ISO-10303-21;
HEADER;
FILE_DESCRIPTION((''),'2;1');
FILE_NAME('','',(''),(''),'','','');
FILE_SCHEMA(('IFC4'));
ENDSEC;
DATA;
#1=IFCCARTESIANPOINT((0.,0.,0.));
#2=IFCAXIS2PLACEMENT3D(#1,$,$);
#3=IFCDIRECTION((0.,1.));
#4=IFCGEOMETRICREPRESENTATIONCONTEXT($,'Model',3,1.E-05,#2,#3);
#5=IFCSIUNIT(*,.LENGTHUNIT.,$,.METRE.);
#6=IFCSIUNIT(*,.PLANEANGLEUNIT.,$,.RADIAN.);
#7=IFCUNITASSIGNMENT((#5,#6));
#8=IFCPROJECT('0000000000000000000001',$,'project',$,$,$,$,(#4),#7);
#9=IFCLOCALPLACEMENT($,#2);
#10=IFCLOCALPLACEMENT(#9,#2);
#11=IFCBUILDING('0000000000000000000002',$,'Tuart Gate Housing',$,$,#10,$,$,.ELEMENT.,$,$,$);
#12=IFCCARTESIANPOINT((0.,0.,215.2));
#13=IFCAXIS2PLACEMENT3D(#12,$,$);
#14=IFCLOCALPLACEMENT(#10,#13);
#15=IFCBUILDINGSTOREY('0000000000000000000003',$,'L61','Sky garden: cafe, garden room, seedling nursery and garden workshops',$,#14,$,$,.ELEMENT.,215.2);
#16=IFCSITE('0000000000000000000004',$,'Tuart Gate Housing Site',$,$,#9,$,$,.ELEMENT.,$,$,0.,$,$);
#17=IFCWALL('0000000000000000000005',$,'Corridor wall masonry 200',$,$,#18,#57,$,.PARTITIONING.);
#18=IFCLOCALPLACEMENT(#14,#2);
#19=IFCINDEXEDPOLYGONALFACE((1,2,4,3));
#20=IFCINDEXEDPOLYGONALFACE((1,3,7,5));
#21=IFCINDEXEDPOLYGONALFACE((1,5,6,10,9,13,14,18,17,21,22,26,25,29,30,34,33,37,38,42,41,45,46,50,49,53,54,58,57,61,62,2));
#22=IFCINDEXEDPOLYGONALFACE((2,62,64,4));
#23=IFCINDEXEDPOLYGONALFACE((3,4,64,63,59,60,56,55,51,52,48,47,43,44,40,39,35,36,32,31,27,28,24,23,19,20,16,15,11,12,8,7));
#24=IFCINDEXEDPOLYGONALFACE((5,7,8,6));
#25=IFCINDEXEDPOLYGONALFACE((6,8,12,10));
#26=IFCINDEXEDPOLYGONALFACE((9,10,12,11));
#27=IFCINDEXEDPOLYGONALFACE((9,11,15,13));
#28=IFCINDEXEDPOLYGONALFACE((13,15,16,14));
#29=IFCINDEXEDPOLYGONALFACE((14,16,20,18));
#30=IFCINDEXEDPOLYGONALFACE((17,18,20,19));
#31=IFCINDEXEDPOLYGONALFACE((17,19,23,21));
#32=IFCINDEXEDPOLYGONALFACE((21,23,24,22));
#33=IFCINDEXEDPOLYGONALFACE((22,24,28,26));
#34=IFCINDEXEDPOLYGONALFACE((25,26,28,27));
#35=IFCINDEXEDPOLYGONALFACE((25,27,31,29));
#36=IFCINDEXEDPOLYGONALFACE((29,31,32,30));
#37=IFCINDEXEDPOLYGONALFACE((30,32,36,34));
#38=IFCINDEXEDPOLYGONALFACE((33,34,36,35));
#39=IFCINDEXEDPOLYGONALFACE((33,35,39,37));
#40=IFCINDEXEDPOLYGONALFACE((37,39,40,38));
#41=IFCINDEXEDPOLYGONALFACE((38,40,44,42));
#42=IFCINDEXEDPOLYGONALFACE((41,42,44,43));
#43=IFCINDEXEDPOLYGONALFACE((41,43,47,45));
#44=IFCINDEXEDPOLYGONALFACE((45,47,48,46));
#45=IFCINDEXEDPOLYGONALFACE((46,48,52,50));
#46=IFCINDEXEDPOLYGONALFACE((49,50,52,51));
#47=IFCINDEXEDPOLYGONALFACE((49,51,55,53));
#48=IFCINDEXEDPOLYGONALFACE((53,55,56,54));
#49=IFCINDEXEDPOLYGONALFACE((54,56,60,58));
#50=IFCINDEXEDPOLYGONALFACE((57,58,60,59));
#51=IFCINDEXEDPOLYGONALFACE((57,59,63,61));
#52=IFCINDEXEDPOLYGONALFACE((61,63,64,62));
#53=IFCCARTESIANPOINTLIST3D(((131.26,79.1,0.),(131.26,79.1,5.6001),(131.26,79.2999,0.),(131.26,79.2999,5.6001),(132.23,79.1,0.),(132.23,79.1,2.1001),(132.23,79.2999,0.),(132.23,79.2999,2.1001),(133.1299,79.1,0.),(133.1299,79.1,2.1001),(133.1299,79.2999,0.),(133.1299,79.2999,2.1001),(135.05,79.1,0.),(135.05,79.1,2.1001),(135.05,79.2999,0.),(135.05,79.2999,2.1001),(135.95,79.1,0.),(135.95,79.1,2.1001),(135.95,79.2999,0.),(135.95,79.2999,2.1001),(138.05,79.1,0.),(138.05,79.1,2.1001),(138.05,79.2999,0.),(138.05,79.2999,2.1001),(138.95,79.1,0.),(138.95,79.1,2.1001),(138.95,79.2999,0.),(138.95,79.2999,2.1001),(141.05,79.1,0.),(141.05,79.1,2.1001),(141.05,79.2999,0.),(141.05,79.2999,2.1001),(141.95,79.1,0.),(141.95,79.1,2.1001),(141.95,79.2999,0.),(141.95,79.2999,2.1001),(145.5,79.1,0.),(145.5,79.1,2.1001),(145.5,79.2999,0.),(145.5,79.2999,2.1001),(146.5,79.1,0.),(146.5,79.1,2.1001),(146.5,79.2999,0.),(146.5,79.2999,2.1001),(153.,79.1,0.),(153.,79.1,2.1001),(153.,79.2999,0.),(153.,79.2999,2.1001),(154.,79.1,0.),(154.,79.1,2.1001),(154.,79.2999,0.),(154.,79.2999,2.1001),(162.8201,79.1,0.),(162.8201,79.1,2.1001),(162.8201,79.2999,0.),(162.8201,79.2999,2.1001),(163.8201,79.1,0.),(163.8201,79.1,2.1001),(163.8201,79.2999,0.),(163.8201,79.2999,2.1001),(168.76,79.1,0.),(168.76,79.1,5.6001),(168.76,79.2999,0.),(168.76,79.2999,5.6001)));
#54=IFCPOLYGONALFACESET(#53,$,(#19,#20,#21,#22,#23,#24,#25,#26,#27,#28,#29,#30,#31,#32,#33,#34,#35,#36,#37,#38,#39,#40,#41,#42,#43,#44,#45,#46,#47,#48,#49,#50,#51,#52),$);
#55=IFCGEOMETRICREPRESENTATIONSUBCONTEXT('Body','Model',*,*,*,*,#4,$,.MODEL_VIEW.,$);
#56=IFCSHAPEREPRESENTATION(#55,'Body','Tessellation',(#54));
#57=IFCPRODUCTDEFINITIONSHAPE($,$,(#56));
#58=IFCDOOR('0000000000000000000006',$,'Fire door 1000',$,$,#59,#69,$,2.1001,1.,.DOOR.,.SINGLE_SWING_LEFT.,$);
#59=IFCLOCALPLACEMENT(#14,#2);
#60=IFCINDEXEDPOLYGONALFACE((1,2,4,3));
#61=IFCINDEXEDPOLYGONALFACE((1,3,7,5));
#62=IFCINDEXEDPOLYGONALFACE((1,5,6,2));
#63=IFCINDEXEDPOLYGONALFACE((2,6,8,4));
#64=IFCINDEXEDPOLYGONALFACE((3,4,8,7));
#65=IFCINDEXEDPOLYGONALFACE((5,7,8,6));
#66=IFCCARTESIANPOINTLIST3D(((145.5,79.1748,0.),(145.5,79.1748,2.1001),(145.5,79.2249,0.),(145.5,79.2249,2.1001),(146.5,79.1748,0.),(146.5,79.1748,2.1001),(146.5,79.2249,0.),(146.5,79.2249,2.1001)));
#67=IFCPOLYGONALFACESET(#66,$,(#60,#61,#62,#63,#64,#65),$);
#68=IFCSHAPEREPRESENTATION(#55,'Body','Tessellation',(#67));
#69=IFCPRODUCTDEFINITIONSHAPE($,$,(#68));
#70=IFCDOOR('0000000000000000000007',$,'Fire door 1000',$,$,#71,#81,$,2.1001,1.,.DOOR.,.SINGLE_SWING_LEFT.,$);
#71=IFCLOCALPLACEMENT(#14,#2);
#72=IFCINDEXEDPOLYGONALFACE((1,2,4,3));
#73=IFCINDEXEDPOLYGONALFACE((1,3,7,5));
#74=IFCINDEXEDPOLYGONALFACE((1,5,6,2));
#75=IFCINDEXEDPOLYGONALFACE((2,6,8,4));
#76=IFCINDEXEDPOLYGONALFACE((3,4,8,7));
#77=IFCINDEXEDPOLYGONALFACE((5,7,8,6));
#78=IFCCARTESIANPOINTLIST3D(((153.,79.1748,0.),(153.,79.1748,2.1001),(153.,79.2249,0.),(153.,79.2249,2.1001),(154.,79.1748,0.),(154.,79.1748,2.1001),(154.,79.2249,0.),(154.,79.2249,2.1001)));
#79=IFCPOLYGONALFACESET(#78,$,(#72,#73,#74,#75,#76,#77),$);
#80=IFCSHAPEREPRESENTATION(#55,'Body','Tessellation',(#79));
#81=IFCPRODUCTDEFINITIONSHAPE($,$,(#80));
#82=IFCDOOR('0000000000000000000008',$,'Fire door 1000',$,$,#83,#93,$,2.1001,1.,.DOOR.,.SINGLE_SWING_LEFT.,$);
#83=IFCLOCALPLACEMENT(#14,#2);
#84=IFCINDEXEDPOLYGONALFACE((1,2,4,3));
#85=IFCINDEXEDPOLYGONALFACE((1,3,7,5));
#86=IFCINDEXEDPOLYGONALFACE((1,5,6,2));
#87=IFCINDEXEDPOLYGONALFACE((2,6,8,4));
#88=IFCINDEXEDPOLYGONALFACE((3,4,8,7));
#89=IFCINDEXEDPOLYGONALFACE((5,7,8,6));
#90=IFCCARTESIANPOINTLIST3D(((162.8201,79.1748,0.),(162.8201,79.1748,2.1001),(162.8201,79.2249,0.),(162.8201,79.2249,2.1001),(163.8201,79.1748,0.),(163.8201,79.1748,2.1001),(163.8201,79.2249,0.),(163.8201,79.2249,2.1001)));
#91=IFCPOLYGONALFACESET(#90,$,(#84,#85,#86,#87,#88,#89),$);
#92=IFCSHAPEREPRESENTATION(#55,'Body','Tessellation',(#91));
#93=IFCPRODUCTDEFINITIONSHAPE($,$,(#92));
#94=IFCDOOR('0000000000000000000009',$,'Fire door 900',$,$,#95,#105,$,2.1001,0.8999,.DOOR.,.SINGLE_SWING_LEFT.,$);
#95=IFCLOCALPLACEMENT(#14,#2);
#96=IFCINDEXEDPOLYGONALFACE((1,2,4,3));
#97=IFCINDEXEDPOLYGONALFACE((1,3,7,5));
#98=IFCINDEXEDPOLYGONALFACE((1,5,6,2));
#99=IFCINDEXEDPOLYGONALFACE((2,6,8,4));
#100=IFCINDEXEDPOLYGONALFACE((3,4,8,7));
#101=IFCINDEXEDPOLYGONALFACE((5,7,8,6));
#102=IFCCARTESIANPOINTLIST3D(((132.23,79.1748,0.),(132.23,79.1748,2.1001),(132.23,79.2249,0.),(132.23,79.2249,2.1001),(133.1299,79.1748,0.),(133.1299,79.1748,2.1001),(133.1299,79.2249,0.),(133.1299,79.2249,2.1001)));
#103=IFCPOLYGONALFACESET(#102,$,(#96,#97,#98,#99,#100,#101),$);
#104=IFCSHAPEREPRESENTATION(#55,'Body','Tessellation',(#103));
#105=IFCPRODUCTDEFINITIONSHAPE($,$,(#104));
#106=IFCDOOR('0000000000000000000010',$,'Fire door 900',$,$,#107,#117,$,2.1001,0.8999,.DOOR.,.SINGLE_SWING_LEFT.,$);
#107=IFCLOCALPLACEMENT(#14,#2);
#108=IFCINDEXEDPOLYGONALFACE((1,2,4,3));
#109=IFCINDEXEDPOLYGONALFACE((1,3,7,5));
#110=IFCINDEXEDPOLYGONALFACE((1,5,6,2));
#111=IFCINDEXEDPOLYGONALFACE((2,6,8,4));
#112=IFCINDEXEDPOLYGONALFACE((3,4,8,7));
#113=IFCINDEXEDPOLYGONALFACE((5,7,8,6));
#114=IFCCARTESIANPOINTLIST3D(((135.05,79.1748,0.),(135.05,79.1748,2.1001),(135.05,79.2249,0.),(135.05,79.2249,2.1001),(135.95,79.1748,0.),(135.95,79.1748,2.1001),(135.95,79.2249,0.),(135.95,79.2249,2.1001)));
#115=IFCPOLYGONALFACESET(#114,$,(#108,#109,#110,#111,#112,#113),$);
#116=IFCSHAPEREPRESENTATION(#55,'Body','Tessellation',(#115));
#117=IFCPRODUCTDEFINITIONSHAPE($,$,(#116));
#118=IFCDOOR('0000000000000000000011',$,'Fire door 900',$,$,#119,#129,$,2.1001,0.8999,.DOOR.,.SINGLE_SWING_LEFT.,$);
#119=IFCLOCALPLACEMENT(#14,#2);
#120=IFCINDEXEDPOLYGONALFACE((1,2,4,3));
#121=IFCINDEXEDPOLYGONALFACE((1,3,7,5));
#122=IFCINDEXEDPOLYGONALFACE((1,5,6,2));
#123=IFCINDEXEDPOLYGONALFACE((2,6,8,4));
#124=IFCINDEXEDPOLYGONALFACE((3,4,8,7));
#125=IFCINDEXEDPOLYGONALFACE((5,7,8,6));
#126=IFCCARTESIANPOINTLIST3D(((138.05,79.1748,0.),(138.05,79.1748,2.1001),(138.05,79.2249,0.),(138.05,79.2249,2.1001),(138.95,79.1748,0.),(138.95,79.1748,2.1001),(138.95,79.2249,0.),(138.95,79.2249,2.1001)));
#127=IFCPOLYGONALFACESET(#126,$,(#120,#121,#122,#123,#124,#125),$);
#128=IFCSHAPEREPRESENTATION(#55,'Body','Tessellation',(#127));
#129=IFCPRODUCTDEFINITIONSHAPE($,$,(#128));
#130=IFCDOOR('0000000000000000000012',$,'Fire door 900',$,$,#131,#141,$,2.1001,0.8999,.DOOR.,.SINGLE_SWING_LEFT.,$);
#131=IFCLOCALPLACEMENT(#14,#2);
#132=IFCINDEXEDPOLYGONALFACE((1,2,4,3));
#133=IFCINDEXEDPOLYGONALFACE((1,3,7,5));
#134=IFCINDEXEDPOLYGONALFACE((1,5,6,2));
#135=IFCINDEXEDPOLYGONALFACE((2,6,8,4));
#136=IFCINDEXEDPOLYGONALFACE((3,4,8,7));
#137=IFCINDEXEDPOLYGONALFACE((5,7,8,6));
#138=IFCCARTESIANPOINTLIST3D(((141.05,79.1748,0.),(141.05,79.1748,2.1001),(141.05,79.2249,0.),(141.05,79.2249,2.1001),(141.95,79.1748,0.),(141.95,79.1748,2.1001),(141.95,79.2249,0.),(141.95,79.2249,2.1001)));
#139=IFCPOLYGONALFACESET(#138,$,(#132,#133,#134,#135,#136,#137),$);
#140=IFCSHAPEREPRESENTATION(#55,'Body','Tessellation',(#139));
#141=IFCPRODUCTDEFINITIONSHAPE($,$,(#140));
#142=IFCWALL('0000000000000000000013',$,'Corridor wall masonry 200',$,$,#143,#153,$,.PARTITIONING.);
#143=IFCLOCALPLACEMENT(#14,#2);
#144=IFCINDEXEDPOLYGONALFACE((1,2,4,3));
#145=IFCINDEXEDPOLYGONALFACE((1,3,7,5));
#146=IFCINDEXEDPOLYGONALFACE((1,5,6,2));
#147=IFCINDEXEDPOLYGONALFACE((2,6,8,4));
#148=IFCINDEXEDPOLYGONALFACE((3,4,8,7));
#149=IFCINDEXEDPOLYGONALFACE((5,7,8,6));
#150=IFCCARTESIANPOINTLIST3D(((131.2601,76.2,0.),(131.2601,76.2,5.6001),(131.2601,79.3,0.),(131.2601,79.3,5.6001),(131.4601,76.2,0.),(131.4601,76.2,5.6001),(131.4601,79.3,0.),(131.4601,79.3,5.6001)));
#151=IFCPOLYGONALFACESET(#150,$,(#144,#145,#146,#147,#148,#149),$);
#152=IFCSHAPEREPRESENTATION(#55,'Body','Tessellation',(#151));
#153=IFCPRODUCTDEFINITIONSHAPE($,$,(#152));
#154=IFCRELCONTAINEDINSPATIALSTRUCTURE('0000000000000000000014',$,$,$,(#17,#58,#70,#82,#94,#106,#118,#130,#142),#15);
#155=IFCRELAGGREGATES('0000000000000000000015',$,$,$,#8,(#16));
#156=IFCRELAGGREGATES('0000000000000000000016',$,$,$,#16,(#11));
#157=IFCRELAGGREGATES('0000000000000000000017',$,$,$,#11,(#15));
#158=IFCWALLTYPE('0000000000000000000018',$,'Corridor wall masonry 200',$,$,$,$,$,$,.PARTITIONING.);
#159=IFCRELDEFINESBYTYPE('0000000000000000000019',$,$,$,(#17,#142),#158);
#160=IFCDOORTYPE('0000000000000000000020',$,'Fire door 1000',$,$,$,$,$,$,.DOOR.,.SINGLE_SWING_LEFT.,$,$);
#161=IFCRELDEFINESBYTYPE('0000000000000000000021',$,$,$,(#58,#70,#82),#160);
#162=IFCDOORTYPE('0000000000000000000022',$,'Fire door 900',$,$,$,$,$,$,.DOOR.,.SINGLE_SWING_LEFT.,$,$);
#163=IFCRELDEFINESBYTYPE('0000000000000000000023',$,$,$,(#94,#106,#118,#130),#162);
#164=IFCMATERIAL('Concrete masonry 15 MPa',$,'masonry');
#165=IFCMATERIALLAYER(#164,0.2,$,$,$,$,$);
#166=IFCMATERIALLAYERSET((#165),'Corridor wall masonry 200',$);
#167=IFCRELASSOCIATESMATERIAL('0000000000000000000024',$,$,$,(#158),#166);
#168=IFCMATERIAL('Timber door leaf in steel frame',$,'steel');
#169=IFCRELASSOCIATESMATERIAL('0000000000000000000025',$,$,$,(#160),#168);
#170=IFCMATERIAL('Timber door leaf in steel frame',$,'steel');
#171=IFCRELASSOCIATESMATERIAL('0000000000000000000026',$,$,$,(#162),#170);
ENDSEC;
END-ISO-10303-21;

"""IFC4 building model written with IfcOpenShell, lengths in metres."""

from ifc_helpers import new_model, si_unit, direction, frame, frame_2d, origin, place, context, subcontext, project, spatial, rectangle, extrude, material, layer, layer_set, type_object, element, fill, save


model = new_model("IFC4")

# Units and contexts
model_context = context("Model", 3, precision=1e-05, world=origin(), true_north=direction((0.0, 1.0)))
body_context = subcontext(model_context, "Body", "Model", "MODEL_VIEW")
ifc_project = project(units=[si_unit("LENGTHUNIT", "METRE"), si_unit("PLANEANGLEUNIT", "RADIAN")], contexts=[model_context])

# Site, building, storey
site_placement = place(None, origin())
site = spatial("IfcSite", under=ifc_project, at=site_placement, Name="Tuart Gate Housing Site", CompositionType="ELEMENT", RefElevation=0.0)
building_placement = place(site_placement, origin())
building = spatial("IfcBuilding", under=site, at=building_placement, Name="Tuart Gate Housing", CompositionType="ELEMENT")
storey_placement = place(building_placement, frame((0.0, 0.0, 215.2)))
storey = spatial("IfcBuildingStorey", under=building, at=storey_placement, Name="L61", Description="Sky garden: cafe, garden room, seedling nursery and garden workshops", CompositionType="ELEMENT", Elevation=215.2)

# Wall, openings, doors
ifc_material_1 = material(Name="Concrete masonry 15 MPa", Category="masonry")
ifc_layer_1 = layer(ifc_material_1, 0.2)
ifc_layer_set_1 = layer_set([ifc_layer_1], Name="Corridor wall masonry 200")
wall_type_1 = type_object("IfcWallType", Name="Corridor wall masonry 200", PredefinedType="PARTITIONING", material=ifc_layer_set_1)
wall_1_placement = place(storey_placement, frame((131.26, 79.2, 0.0), z_axis=(0.0, 0.0, 1.0), x_axis=(1.0, 0.0, 0.0)))
wall_1 = element("IfcWall", 1, at=wall_1_placement, inside=storey, type_object=wall_type_1, Name="Corridor wall masonry 200", PredefinedType="PARTITIONING", context=body_context, shape_type="SweptSolid", body=[
    extrude(rectangle(XDim=37.5, YDim=0.2, at=frame_2d((18.75, 0.0))), origin(), (0.0, 0.0, 1.0), 5.6001),
])
opening_1_placement = place(wall_1_placement, frame((0.97, 0.0, 0.0)))
opening_1 = element("IfcOpeningElement", 2, at=opening_1_placement, cuts=wall_1, PredefinedType="OPENING", context=body_context, shape_type="SweptSolid", body=[
    extrude(rectangle(XDim=0.8999, YDim=2.1001, at=frame_2d((0.45, 1.05))), frame((0.0, 0.1099, 0.0), z_axis=(0.0, -1.0, 0.0), x_axis=(1.0, 0.0, 0.0)), (0.0, 0.0, 1.0), 0.22),
])
opening_2_placement = place(wall_1_placement, frame((3.79, 0.0, 0.0)))
opening_2 = element("IfcOpeningElement", 3, at=opening_2_placement, cuts=wall_1, PredefinedType="OPENING", context=body_context, shape_type="SweptSolid", body=[
    extrude(rectangle(XDim=0.8999, YDim=2.1001, at=frame_2d((0.45, 1.05))), frame((0.0, 0.1099, 0.0), z_axis=(0.0, -1.0, 0.0), x_axis=(1.0, 0.0, 0.0)), (0.0, 0.0, 1.0), 0.22),
])
opening_3_placement = place(wall_1_placement, frame((6.79, 0.0, 0.0)))
opening_3 = element("IfcOpeningElement", 4, at=opening_3_placement, cuts=wall_1, PredefinedType="OPENING", context=body_context, shape_type="SweptSolid", body=[
    extrude(rectangle(XDim=0.8999, YDim=2.1001, at=frame_2d((0.45, 1.05))), frame((0.0, 0.1099, 0.0), z_axis=(0.0, -1.0, 0.0), x_axis=(1.0, 0.0, 0.0)), (0.0, 0.0, 1.0), 0.22),
])
opening_4_placement = place(wall_1_placement, frame((9.79, 0.0, 0.0)))
opening_4 = element("IfcOpeningElement", 5, at=opening_4_placement, cuts=wall_1, PredefinedType="OPENING", context=body_context, shape_type="SweptSolid", body=[
    extrude(rectangle(XDim=0.8999, YDim=2.1001, at=frame_2d((0.45, 1.05))), frame((0.0, 0.1099, 0.0), z_axis=(0.0, -1.0, 0.0), x_axis=(1.0, 0.0, 0.0)), (0.0, 0.0, 1.0), 0.22),
])
opening_5_placement = place(wall_1_placement, frame((14.24, 0.0, 0.0)))
opening_5 = element("IfcOpeningElement", 6, at=opening_5_placement, cuts=wall_1, PredefinedType="OPENING", context=body_context, shape_type="SweptSolid", body=[
    extrude(rectangle(XDim=1.0, YDim=2.1001, at=frame_2d((0.5, 1.05))), frame((0.0, 0.1099, 0.0), z_axis=(0.0, -1.0, 0.0), x_axis=(1.0, 0.0, 0.0)), (0.0, 0.0, 1.0), 0.22),
])
opening_6_placement = place(wall_1_placement, frame((21.74, 0.0, 0.0)))
opening_6 = element("IfcOpeningElement", 7, at=opening_6_placement, cuts=wall_1, PredefinedType="OPENING", context=body_context, shape_type="SweptSolid", body=[
    extrude(rectangle(XDim=1.0, YDim=2.1001, at=frame_2d((0.5, 1.05))), frame((0.0, 0.1099, 0.0), z_axis=(0.0, -1.0, 0.0), x_axis=(1.0, 0.0, 0.0)), (0.0, 0.0, 1.0), 0.22),
])
opening_7_placement = place(wall_1_placement, frame((31.5601, 0.0, 0.0)))
opening_7 = element("IfcOpeningElement", 8, at=opening_7_placement, cuts=wall_1, PredefinedType="OPENING", context=body_context, shape_type="SweptSolid", body=[
    extrude(rectangle(XDim=1.0, YDim=2.1001, at=frame_2d((0.5, 1.05))), frame((0.0, 0.1099, 0.0), z_axis=(0.0, -1.0, 0.0), x_axis=(1.0, 0.0, 0.0)), (0.0, 0.0, 1.0), 0.22),
])
ifc_material_2 = material(Name="Timber door leaf in steel frame", Category="steel")
door_type_1 = type_object("IfcDoorType", Name="Fire door 1000", OperationType="SINGLE_SWING_LEFT", PredefinedType="DOOR", material=ifc_material_2)
door_1_placement = place(opening_5_placement, origin())
door_1 = element("IfcDoor", 9, at=door_1_placement, inside=storey, type_object=door_type_1, Name="Fire door 1000", OperationType="SINGLE_SWING_LEFT", OverallHeight=2.1001, OverallWidth=1.0, PredefinedType="DOOR", context=body_context, shape_type="SweptSolid", body=[
    extrude(rectangle(XDim=1.0, YDim=2.1001, at=frame_2d((0.5, 1.05))), frame((0.0, 0.0249, 0.0), z_axis=(0.0, -1.0, 0.0), x_axis=(1.0, 0.0, 0.0)), (0.0, 0.0, 1.0), 0.05),
])
fill(opening_5, door_1)
door_2_placement = place(opening_6_placement, origin())
door_2 = element("IfcDoor", 10, at=door_2_placement, inside=storey, type_object=door_type_1, Name="Fire door 1000", OperationType="SINGLE_SWING_LEFT", OverallHeight=2.1001, OverallWidth=1.0, PredefinedType="DOOR", context=body_context, shape_type="SweptSolid", body=[
    extrude(rectangle(XDim=1.0, YDim=2.1001, at=frame_2d((0.5, 1.05))), frame((0.0, 0.0249, 0.0), z_axis=(0.0, -1.0, 0.0), x_axis=(1.0, 0.0, 0.0)), (0.0, 0.0, 1.0), 0.05),
])
fill(opening_6, door_2)
door_3_placement = place(opening_7_placement, origin())
door_3 = element("IfcDoor", 11, at=door_3_placement, inside=storey, type_object=door_type_1, Name="Fire door 1000", OperationType="SINGLE_SWING_LEFT", OverallHeight=2.1001, OverallWidth=1.0, PredefinedType="DOOR", context=body_context, shape_type="SweptSolid", body=[
    extrude(rectangle(XDim=1.0, YDim=2.1001, at=frame_2d((0.5, 1.05))), frame((0.0, 0.0249, 0.0), z_axis=(0.0, -1.0, 0.0), x_axis=(1.0, 0.0, 0.0)), (0.0, 0.0, 1.0), 0.05),
])
fill(opening_7, door_3)
ifc_material_3 = material(Name="Timber door leaf in steel frame", Category="steel")
door_type_2 = type_object("IfcDoorType", Name="Fire door 900", OperationType="SINGLE_SWING_LEFT", PredefinedType="DOOR", material=ifc_material_3)
door_4_placement = place(opening_1_placement, origin())
door_4 = element("IfcDoor", 12, at=door_4_placement, inside=storey, type_object=door_type_2, Name="Fire door 900", OperationType="SINGLE_SWING_LEFT", OverallHeight=2.1001, OverallWidth=0.8999, PredefinedType="DOOR", context=body_context, shape_type="SweptSolid", body=[
    extrude(rectangle(XDim=0.8999, YDim=2.1001, at=frame_2d((0.45, 1.05))), frame((0.0, 0.0249, 0.0), z_axis=(0.0, -1.0, 0.0), x_axis=(1.0, 0.0, 0.0)), (0.0, 0.0, 1.0), 0.05),
])
fill(opening_1, door_4)
door_5_placement = place(opening_2_placement, origin())
door_5 = element("IfcDoor", 13, at=door_5_placement, inside=storey, type_object=door_type_2, Name="Fire door 900", OperationType="SINGLE_SWING_LEFT", OverallHeight=2.1001, OverallWidth=0.8999, PredefinedType="DOOR", context=body_context, shape_type="SweptSolid", body=[
    extrude(rectangle(XDim=0.8999, YDim=2.1001, at=frame_2d((0.45, 1.05))), frame((0.0, 0.0249, 0.0), z_axis=(0.0, -1.0, 0.0), x_axis=(1.0, 0.0, 0.0)), (0.0, 0.0, 1.0), 0.05),
])
fill(opening_2, door_5)
door_6_placement = place(opening_3_placement, origin())
door_6 = element("IfcDoor", 14, at=door_6_placement, inside=storey, type_object=door_type_2, Name="Fire door 900", OperationType="SINGLE_SWING_LEFT", OverallHeight=2.1001, OverallWidth=0.8999, PredefinedType="DOOR", context=body_context, shape_type="SweptSolid", body=[
    extrude(rectangle(XDim=0.8999, YDim=2.1001, at=frame_2d((0.45, 1.05))), frame((0.0, 0.0249, 0.0), z_axis=(0.0, -1.0, 0.0), x_axis=(1.0, 0.0, 0.0)), (0.0, 0.0, 1.0), 0.05),
])
fill(opening_3, door_6)
door_7_placement = place(opening_4_placement, origin())
door_7 = element("IfcDoor", 15, at=door_7_placement, inside=storey, type_object=door_type_2, Name="Fire door 900", OperationType="SINGLE_SWING_LEFT", OverallHeight=2.1001, OverallWidth=0.8999, PredefinedType="DOOR", context=body_context, shape_type="SweptSolid", body=[
    extrude(rectangle(XDim=0.8999, YDim=2.1001, at=frame_2d((0.45, 1.05))), frame((0.0, 0.0249, 0.0), z_axis=(0.0, -1.0, 0.0), x_axis=(1.0, 0.0, 0.0)), (0.0, 0.0, 1.0), 0.05),
])
fill(opening_4, door_7)

# Wall
wall_2_placement = place(storey_placement, frame((131.3601, 76.2, 0.0), z_axis=(0.0, 0.0, 1.0), x_axis=(0.0, 1.0, 0.0)))
element("IfcWall", 16, at=wall_2_placement, inside=storey, type_object=wall_type_1, Name="Corridor wall masonry 200", PredefinedType="PARTITIONING", context=body_context, shape_type="SweptSolid", body=[
    extrude(rectangle(XDim=3.1001, YDim=0.2, at=frame_2d((1.55, 0.0))), origin(), (0.0, 0.0, 1.0), 5.6001),
])

save(model, "model.ifc")
